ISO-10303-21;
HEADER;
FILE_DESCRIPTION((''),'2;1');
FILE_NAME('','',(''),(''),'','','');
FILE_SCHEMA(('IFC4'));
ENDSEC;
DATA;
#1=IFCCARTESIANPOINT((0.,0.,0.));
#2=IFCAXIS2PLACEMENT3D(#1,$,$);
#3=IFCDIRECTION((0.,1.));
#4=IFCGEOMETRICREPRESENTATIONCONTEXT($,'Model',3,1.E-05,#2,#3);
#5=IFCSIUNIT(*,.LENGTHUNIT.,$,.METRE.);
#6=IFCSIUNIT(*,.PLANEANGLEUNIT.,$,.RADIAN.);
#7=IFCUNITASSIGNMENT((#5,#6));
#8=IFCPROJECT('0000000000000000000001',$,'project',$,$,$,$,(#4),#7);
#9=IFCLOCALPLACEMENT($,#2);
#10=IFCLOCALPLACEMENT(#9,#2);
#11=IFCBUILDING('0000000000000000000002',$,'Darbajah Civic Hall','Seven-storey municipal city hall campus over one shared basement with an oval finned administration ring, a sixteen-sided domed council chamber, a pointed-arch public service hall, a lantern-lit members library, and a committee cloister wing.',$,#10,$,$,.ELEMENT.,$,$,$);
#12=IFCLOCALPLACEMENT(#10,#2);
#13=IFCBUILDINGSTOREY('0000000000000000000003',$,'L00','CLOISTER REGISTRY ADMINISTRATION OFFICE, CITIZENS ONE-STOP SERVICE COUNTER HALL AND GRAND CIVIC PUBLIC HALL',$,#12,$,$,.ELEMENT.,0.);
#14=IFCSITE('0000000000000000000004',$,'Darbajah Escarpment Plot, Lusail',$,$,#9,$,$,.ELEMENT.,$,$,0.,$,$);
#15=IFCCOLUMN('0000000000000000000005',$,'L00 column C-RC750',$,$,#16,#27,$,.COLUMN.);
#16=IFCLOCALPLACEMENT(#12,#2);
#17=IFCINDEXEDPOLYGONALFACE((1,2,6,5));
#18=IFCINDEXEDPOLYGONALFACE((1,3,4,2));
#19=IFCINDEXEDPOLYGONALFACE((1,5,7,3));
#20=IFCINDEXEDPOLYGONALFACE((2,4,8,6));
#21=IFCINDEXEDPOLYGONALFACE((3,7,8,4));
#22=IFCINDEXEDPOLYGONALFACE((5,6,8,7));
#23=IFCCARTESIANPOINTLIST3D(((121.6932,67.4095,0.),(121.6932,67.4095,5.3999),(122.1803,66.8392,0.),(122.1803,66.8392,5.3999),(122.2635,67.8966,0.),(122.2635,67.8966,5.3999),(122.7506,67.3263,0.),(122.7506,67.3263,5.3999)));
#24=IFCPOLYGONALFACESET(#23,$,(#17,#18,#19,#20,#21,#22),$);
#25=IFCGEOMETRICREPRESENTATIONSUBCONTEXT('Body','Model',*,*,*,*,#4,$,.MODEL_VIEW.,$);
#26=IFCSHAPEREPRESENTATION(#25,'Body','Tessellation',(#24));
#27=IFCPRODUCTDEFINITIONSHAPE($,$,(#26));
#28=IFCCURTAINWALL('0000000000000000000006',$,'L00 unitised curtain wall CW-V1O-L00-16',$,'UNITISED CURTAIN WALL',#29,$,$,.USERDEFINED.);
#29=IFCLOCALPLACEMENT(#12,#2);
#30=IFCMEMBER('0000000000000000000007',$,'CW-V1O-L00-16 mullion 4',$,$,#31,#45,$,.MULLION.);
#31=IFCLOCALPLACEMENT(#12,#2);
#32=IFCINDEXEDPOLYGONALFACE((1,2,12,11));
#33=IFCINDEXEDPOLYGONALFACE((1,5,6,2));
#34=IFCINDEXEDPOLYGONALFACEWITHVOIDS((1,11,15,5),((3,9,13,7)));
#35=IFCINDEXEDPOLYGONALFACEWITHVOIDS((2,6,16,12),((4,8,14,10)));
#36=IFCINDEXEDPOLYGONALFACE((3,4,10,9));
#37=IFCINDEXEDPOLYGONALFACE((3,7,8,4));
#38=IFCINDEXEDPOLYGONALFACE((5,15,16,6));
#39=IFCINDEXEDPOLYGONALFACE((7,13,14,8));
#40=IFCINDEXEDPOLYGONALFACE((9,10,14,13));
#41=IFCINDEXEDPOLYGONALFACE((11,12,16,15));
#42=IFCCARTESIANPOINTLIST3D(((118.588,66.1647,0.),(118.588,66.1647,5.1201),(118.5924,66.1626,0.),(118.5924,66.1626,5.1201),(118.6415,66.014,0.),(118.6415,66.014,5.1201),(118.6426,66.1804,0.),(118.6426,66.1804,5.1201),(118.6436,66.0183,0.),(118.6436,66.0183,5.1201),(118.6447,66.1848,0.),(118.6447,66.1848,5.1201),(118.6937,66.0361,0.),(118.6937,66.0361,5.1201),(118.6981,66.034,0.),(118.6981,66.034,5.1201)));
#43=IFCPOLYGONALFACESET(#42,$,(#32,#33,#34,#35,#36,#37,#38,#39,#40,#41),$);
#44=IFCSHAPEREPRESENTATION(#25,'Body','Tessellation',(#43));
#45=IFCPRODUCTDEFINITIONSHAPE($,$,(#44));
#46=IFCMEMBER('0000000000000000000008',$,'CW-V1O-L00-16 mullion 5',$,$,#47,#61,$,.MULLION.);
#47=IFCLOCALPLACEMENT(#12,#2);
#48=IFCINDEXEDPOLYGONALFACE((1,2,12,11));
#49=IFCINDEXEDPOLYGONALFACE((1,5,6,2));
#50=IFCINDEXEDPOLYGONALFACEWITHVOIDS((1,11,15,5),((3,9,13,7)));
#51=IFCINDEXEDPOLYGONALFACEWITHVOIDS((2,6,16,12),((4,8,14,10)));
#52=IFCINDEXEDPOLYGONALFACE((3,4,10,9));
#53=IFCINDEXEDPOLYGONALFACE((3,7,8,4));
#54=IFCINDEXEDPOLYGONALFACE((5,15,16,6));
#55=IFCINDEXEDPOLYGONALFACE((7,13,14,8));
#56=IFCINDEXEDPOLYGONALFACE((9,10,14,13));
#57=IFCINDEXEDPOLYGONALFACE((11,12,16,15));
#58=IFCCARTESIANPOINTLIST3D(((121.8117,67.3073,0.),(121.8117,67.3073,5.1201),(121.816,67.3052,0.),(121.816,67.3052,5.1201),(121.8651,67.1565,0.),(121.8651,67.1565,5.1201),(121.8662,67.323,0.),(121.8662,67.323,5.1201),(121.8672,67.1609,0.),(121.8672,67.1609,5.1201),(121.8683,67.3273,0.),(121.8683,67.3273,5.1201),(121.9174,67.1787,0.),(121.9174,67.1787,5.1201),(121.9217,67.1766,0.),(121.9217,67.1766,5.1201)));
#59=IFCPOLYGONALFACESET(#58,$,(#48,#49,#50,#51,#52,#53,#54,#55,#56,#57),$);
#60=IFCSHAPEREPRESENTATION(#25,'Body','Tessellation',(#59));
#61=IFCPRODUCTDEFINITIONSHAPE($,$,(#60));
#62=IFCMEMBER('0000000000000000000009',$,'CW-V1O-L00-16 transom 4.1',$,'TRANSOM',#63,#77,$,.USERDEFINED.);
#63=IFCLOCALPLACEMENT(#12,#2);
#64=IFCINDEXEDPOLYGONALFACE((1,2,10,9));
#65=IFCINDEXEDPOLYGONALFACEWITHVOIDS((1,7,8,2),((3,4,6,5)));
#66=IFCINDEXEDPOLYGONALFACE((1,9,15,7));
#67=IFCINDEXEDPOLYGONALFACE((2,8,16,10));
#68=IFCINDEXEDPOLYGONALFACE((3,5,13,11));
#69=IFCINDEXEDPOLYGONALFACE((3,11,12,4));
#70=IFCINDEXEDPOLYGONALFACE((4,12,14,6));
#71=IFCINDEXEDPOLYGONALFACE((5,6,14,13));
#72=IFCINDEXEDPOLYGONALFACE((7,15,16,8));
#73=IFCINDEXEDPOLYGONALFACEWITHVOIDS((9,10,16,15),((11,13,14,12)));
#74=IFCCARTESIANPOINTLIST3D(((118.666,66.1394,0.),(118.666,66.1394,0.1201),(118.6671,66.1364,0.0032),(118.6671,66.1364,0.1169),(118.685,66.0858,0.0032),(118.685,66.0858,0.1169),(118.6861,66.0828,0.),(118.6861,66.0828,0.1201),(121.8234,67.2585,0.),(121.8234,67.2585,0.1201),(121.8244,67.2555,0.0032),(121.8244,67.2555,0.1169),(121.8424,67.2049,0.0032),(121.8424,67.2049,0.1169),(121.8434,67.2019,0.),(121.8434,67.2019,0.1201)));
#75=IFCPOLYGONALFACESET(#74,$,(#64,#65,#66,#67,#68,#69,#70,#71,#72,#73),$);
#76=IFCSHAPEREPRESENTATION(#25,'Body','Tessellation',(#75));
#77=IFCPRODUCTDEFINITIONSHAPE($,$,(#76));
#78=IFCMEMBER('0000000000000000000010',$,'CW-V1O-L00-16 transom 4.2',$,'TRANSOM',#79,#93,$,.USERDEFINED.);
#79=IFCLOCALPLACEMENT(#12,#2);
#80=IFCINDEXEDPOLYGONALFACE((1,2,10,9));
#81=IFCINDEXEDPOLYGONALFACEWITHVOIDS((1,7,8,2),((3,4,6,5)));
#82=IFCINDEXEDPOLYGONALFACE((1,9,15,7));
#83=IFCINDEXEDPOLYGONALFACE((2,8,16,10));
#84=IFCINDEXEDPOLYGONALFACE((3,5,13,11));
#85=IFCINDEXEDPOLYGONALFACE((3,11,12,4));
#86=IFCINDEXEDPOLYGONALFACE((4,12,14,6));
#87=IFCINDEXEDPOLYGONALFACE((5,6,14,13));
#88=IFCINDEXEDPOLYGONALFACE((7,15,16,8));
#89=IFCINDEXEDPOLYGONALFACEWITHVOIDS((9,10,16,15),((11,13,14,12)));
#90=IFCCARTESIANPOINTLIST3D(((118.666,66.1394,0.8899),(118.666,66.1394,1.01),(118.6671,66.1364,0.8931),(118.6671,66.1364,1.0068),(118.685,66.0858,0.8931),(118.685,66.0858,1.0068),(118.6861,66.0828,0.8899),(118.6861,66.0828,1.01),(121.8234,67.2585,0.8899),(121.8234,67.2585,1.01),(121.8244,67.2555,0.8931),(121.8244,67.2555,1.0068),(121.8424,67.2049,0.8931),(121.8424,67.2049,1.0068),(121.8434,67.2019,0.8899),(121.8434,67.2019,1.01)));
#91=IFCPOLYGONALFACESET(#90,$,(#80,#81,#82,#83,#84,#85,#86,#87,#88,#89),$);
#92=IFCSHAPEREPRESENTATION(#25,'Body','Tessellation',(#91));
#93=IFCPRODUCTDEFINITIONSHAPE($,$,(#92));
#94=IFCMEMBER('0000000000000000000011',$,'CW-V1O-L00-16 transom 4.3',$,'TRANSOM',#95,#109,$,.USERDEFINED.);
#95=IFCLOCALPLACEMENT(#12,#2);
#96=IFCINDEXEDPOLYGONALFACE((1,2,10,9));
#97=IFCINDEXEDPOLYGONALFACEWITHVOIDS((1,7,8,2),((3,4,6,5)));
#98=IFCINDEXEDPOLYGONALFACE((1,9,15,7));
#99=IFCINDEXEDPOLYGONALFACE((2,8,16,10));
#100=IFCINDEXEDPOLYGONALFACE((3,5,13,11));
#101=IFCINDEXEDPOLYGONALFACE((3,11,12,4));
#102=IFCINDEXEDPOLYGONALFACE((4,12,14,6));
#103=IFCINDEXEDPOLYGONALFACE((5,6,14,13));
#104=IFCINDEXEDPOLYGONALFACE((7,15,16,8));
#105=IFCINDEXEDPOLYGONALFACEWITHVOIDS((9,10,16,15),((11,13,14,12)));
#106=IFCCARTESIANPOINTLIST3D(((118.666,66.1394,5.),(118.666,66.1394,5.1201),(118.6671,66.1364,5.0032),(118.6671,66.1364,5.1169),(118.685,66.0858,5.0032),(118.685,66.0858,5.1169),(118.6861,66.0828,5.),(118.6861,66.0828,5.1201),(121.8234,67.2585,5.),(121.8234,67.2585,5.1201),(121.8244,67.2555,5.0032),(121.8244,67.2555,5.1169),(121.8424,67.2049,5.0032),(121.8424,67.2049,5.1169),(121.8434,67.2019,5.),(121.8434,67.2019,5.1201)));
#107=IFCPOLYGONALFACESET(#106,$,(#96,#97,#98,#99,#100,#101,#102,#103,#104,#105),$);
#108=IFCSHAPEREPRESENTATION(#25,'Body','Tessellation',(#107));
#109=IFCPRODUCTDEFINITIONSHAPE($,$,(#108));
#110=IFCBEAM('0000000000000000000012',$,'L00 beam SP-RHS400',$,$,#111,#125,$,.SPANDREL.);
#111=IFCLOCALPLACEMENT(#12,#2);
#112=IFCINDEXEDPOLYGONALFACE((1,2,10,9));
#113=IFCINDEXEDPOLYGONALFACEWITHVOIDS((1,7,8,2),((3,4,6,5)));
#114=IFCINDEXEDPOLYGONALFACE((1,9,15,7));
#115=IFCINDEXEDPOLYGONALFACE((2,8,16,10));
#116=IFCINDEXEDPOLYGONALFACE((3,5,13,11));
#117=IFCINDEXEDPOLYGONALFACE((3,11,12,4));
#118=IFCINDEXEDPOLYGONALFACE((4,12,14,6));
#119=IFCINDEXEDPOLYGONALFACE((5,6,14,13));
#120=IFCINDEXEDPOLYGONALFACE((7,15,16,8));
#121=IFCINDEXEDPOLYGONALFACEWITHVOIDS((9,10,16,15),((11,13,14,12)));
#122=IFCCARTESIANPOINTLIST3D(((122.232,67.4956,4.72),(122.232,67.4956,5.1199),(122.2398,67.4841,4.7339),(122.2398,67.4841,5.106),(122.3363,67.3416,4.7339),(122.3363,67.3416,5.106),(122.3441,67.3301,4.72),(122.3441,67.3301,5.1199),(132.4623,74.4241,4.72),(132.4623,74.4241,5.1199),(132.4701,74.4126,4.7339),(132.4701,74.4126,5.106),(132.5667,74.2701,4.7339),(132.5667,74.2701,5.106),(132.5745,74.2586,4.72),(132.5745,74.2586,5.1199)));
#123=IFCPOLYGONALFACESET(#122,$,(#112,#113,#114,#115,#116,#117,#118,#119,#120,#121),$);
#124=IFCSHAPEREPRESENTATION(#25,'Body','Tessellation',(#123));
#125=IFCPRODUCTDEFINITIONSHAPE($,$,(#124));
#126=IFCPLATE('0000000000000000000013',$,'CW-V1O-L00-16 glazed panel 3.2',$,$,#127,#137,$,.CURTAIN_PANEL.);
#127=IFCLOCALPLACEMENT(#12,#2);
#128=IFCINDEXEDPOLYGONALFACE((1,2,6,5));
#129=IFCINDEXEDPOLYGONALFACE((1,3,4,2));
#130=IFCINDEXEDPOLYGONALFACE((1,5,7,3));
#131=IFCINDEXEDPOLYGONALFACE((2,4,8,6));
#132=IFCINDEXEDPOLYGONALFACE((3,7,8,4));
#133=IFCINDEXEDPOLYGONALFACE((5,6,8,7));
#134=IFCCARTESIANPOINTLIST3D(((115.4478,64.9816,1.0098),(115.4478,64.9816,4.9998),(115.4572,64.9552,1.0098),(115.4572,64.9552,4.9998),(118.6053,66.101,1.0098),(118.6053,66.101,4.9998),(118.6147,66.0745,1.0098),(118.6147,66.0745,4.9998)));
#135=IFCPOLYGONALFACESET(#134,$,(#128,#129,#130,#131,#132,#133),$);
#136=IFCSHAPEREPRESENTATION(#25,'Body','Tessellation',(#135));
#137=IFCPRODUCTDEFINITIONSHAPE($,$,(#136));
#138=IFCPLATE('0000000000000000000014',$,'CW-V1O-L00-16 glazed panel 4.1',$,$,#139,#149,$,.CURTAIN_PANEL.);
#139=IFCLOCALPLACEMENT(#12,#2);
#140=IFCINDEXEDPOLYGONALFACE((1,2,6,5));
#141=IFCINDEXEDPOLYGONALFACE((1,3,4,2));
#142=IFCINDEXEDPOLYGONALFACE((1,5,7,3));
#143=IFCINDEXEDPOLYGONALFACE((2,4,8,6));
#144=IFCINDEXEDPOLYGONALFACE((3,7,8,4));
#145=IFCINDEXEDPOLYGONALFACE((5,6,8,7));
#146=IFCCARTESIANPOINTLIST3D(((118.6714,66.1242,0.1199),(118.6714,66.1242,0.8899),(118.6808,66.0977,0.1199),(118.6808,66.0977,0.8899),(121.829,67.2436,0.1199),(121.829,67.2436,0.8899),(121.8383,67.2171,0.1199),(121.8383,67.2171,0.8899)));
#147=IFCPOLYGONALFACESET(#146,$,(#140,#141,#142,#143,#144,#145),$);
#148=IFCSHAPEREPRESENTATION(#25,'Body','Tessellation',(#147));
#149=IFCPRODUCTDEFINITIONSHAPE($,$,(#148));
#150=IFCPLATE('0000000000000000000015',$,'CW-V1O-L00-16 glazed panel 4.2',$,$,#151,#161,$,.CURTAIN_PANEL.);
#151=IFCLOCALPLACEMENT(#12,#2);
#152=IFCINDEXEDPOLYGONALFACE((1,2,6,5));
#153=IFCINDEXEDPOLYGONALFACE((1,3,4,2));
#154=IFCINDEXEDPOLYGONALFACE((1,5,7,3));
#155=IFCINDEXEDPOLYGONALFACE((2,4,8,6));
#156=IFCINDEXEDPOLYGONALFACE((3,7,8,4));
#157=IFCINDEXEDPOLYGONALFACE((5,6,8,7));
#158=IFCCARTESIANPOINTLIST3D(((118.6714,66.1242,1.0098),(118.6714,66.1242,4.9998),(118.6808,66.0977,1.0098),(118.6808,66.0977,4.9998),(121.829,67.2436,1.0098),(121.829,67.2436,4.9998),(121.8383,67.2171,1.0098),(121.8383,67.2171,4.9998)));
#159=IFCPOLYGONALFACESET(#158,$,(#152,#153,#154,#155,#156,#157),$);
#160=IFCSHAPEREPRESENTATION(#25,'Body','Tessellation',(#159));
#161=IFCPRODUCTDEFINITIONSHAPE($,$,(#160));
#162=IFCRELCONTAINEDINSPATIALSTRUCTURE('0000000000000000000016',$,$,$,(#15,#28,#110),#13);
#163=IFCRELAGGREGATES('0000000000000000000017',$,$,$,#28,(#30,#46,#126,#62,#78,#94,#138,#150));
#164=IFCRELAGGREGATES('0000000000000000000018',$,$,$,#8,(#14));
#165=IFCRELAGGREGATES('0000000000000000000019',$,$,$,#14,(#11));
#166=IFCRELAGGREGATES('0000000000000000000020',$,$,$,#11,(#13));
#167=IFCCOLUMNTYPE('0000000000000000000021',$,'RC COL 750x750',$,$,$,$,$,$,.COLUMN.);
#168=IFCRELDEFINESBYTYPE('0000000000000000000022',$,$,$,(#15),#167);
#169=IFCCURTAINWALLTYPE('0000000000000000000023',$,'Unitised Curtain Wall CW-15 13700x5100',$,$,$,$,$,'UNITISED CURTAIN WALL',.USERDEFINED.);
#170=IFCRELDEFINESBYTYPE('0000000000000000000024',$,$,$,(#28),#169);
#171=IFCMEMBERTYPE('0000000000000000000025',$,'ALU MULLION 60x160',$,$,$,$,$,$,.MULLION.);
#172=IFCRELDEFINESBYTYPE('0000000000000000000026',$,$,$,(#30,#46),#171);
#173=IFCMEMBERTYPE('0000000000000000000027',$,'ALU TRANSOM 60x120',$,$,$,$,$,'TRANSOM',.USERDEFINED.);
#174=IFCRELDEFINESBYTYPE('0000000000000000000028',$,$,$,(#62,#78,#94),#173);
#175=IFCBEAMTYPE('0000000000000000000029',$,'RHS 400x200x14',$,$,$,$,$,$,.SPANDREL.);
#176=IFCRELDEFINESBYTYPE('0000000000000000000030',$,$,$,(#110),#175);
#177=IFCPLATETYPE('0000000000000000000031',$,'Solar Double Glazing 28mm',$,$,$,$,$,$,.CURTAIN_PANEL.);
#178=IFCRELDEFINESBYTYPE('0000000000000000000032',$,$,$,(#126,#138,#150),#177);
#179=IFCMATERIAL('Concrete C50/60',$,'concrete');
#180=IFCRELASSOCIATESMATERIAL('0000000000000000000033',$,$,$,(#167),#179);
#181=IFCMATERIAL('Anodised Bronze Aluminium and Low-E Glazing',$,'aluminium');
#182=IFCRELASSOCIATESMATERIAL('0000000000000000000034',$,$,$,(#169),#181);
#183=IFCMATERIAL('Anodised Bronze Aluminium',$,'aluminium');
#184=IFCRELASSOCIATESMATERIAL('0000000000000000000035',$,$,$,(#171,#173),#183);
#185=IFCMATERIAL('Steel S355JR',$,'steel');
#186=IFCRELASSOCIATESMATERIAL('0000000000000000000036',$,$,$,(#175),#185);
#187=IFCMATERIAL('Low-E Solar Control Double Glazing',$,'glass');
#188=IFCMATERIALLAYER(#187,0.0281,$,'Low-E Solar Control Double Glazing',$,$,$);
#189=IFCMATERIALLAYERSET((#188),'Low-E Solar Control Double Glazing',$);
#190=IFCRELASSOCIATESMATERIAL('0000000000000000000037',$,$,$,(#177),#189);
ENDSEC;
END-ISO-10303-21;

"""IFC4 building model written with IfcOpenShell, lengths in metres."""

from ifc_helpers import new_model, si_unit, direction, frame, origin, origin_2d, place, context, subcontext, project, spatial, rectangle, hollow_rectangle, extrude, material, layer, layer_set, material_profile, profile_set, type_object, element, aggregate, save


model = new_model("IFC4")

# Units and contexts
model_context = context("Model", 3, precision=1e-05, world=origin(), true_north=direction((0.0, 1.0)))
body_context = subcontext(model_context, "Body", "Model", "MODEL_VIEW")
ifc_project = project(units=[si_unit("LENGTHUNIT", "METRE"), si_unit("PLANEANGLEUNIT", "RADIAN")], contexts=[model_context])

# Site, building, storey
site_placement = place(None, origin())
site = spatial("IfcSite", under=ifc_project, at=site_placement, Name="Darbajah Escarpment Plot, Lusail", CompositionType="ELEMENT", RefElevation=0.0)
building_placement = place(site_placement, origin())
building = spatial("IfcBuilding", under=site, at=building_placement, Name="Darbajah Civic Hall", Description="Seven-storey municipal city hall campus over one shared basement with an oval finned administration ring, a sixteen-sided domed council chamber, a pointed-arch public service hall, a lantern-lit members library, and a committee cloister wing.", CompositionType="ELEMENT")
storey_placement = place(building_placement, origin())
storey = spatial("IfcBuildingStorey", under=building, at=storey_placement, Name="L00", Description="CLOISTER REGISTRY ADMINISTRATION OFFICE, CITIZENS ONE-STOP SERVICE COUNTER HALL AND GRAND CIVIC PUBLIC HALL", CompositionType="ELEMENT", Elevation=0.0)

# Column
ifc_material_1 = material(Name="Concrete C50/60", Category="concrete")
ifc_material_profile_1 = material_profile(ifc_material_1, rectangle(XDim=0.75, YDim=0.75, at=origin_2d()), Name="RC COL 750x750")
ifc_profile_set_1 = profile_set([ifc_material_profile_1], Name="Concrete C50/60")
column_type = type_object("IfcColumnType", Name="RC COL 750x750", PredefinedType="COLUMN", material=ifc_profile_set_1)
column_placement = place(storey_placement, frame((122.2219, 67.3679, 0.0), z_axis=(0.0, 0.0, 1.0), x_axis=(0.649448, -0.760406, 0.0)))
element("IfcColumn", 1, at=column_placement, inside=storey, type_object=column_type, Name="L00 column C-RC750", PredefinedType="COLUMN", context=body_context, shape_type="SweptSolid", body=[
    extrude(rectangle(XDim=0.75, YDim=0.75, at=origin_2d()), origin(), (0.0, 0.0, 1.0), 5.3999),
])

# Curtain wall, members
ifc_material_2 = material(Name="Anodised Bronze Aluminium and Low-E Glazing", Category="aluminium")
curtain_wall_type = type_object("IfcCurtainWallType", Name="Unitised Curtain Wall CW-15 13700x5100", ElementType="UNITISED CURTAIN WALL", PredefinedType="USERDEFINED", material=ifc_material_2)
curtain_wall_placement = place(storey_placement, origin())
curtain_wall = element("IfcCurtainWall", 2, at=curtain_wall_placement, inside=storey, type_object=curtain_wall_type, Name="L00 unitised curtain wall CW-V1O-L00-16", ObjectType="UNITISED CURTAIN WALL", PredefinedType="USERDEFINED")
ifc_material_3 = material(Name="Anodised Bronze Aluminium", Category="aluminium")
ifc_material_profile_2 = material_profile(ifc_material_3, hollow_rectangle(XDim=0.0601, YDim=0.1599, WallThickness=0.0034, at=origin_2d()), Name="ALU MULLION 60x160")
ifc_profile_set_2 = profile_set([ifc_material_profile_2], Name="Anodised Bronze Aluminium")
member_type_1 = type_object("IfcMemberType", Name="ALU MULLION 60x160", PredefinedType="MULLION", material=ifc_profile_set_2)
member_1_placement = place(storey_placement, frame((118.6431, 66.0994, 0.0), z_axis=(0.0, 0.0, 1.0), x_axis=(0.942525, 0.334136, 0.0)))
member_1 = element("IfcMember", 3, at=member_1_placement, type_object=member_type_1, Name="CW-V1O-L00-16 mullion 4", PredefinedType="MULLION", context=body_context, shape_type="SweptSolid", body=[
    extrude(hollow_rectangle(XDim=0.0601, YDim=0.1599, WallThickness=0.0034, at=origin_2d()), origin(), (0.0, 0.0, 1.0), 5.1201),
])
member_2_placement = place(storey_placement, frame((121.8667, 67.2419, 0.0), z_axis=(0.0, 0.0, 1.0), x_axis=(0.942525, 0.334136, 0.0)))
member_2 = element("IfcMember", 4, at=member_2_placement, type_object=member_type_1, Name="CW-V1O-L00-16 mullion 5", PredefinedType="MULLION", context=body_context, shape_type="SweptSolid", body=[
    extrude(hollow_rectangle(XDim=0.0601, YDim=0.1599, WallThickness=0.0034, at=origin_2d()), origin(), (0.0, 0.0, 1.0), 5.1201),
])
ifc_material_profile_3 = material_profile(ifc_material_3, hollow_rectangle(XDim=0.0601, YDim=0.1201, WallThickness=0.0032, at=origin_2d()), Name="ALU TRANSOM 60x120")
ifc_profile_set_3 = profile_set([ifc_material_profile_3], Name="Anodised Bronze Aluminium")
member_type_2 = type_object("IfcMemberType", Name="ALU TRANSOM 60x120", ElementType="TRANSOM", PredefinedType="USERDEFINED", material=ifc_profile_set_3)
member_3_placement = place(storey_placement, frame((118.676, 66.1111, 0.0601), z_axis=(0.942545, 0.334078, 0.0), x_axis=(-0.334078, 0.942545, 0.0)))
member_3 = element("IfcMember", 5, at=member_3_placement, type_object=member_type_2, Name="CW-V1O-L00-16 transom 4.1", ObjectType="TRANSOM", PredefinedType="USERDEFINED", context=body_context, shape_type="SweptSolid", body=[
    extrude(hollow_rectangle(XDim=0.0601, YDim=0.1201, WallThickness=0.0032, at=origin_2d()), origin(), (0.0, 0.0, 1.0), 3.3499),
])
member_4_placement = place(storey_placement, frame((118.676, 66.1111, 0.95), z_axis=(0.942545, 0.334078, 0.0), x_axis=(-0.334078, 0.942545, 0.0)))
member_4 = element("IfcMember", 6, at=member_4_placement, type_object=member_type_2, Name="CW-V1O-L00-16 transom 4.2", ObjectType="TRANSOM", PredefinedType="USERDEFINED", context=body_context, shape_type="SweptSolid", body=[
    extrude(hollow_rectangle(XDim=0.0601, YDim=0.1201, WallThickness=0.0032, at=origin_2d()), origin(), (0.0, 0.0, 1.0), 3.3499),
])
member_5_placement = place(storey_placement, frame((118.676, 66.1111, 5.0601), z_axis=(0.942545, 0.334078, 0.0), x_axis=(-0.334078, 0.942545, 0.0)))
member_5 = element("IfcMember", 7, at=member_5_placement, type_object=member_type_2, Name="CW-V1O-L00-16 transom 4.3", ObjectType="TRANSOM", PredefinedType="USERDEFINED", context=body_context, shape_type="SweptSolid", body=[
    extrude(hollow_rectangle(XDim=0.0601, YDim=0.1201, WallThickness=0.0032, at=origin_2d()), origin(), (0.0, 0.0, 1.0), 3.3499),
])

# Beam
ifc_material_4 = material(Name="Steel S355JR", Category="steel")
ifc_material_profile_4 = material_profile(ifc_material_4, hollow_rectangle(XDim=0.2, YDim=0.3999, WallThickness=0.0139, at=origin_2d()), Name="RHS 400x200x14")
ifc_profile_set_4 = profile_set([ifc_material_profile_4], Name="Steel S355JR")
beam_type = type_object("IfcBeamType", Name="RHS 400x200x14", PredefinedType="SPANDREL", material=ifc_profile_set_4)
beam_placement = place(storey_placement, frame((122.2881, 67.4128, 4.9199), z_axis=(0.827982, 0.560755, 0.0), x_axis=(-0.560755, 0.827982, 0.0)))
element("IfcBeam", 8, at=beam_placement, inside=storey, type_object=beam_type, Name="L00 beam SP-RHS400", PredefinedType="SPANDREL", context=body_context, shape_type="SweptSolid", body=[
    extrude(hollow_rectangle(XDim=0.2, YDim=0.3999, WallThickness=0.0139, at=origin_2d()), origin(), (0.0, 0.0, 1.0), 12.3557),
])

# Plates
ifc_material_5 = material(Name="Low-E Solar Control Double Glazing", Category="glass")
ifc_layer_1 = layer(ifc_material_5, 0.0281, Name="Low-E Solar Control Double Glazing")
ifc_layer_set_1 = layer_set([ifc_layer_1], Name="Low-E Solar Control Double Glazing")
plate_type = type_object("IfcPlateType", Name="Solar Double Glazing 28mm", PredefinedType="CURTAIN_PANEL", material=ifc_layer_set_1)
plate_1_placement = place(storey_placement, frame((117.0312, 65.5281, 1.0098), z_axis=(0.0, 0.0, 1.0), x_axis=(0.942525, 0.334136, 0.0)))
plate_1 = element("IfcPlate", 9, at=plate_1_placement, type_object=plate_type, Name="CW-V1O-L00-16 glazed panel 3.2", PredefinedType="CURTAIN_PANEL", context=body_context, shape_type="SweptSolid", body=[
    extrude(rectangle(XDim=3.3501, YDim=0.0281, at=origin_2d()), origin(), (0.0, 0.0, 1.0), 3.99),
])
plate_2_placement = place(storey_placement, frame((120.2549, 66.6707, 0.1199), z_axis=(0.0, 0.0, 1.0), x_axis=(0.942525, 0.334136, 0.0)))
plate_2 = element("IfcPlate", 10, at=plate_2_placement, type_object=plate_type, Name="CW-V1O-L00-16 glazed panel 4.1", PredefinedType="CURTAIN_PANEL", context=body_context, shape_type="SweptSolid", body=[
    extrude(rectangle(XDim=3.3501, YDim=0.0281, at=origin_2d()), origin(), (0.0, 0.0, 1.0), 0.77),
])
plate_3_placement = place(storey_placement, frame((120.2549, 66.6707, 1.0098), z_axis=(0.0, 0.0, 1.0), x_axis=(0.942525, 0.334136, 0.0)))
plate_3 = element("IfcPlate", 11, at=plate_3_placement, type_object=plate_type, Name="CW-V1O-L00-16 glazed panel 4.2", PredefinedType="CURTAIN_PANEL", context=body_context, shape_type="SweptSolid", body=[
    extrude(rectangle(XDim=3.3501, YDim=0.0281, at=origin_2d()), origin(), (0.0, 0.0, 1.0), 3.99),
])
aggregate(curtain_wall, [member_1, member_2, plate_1, member_3, member_4, member_5, plate_2, plate_3])

save(model, "model.ifc")
